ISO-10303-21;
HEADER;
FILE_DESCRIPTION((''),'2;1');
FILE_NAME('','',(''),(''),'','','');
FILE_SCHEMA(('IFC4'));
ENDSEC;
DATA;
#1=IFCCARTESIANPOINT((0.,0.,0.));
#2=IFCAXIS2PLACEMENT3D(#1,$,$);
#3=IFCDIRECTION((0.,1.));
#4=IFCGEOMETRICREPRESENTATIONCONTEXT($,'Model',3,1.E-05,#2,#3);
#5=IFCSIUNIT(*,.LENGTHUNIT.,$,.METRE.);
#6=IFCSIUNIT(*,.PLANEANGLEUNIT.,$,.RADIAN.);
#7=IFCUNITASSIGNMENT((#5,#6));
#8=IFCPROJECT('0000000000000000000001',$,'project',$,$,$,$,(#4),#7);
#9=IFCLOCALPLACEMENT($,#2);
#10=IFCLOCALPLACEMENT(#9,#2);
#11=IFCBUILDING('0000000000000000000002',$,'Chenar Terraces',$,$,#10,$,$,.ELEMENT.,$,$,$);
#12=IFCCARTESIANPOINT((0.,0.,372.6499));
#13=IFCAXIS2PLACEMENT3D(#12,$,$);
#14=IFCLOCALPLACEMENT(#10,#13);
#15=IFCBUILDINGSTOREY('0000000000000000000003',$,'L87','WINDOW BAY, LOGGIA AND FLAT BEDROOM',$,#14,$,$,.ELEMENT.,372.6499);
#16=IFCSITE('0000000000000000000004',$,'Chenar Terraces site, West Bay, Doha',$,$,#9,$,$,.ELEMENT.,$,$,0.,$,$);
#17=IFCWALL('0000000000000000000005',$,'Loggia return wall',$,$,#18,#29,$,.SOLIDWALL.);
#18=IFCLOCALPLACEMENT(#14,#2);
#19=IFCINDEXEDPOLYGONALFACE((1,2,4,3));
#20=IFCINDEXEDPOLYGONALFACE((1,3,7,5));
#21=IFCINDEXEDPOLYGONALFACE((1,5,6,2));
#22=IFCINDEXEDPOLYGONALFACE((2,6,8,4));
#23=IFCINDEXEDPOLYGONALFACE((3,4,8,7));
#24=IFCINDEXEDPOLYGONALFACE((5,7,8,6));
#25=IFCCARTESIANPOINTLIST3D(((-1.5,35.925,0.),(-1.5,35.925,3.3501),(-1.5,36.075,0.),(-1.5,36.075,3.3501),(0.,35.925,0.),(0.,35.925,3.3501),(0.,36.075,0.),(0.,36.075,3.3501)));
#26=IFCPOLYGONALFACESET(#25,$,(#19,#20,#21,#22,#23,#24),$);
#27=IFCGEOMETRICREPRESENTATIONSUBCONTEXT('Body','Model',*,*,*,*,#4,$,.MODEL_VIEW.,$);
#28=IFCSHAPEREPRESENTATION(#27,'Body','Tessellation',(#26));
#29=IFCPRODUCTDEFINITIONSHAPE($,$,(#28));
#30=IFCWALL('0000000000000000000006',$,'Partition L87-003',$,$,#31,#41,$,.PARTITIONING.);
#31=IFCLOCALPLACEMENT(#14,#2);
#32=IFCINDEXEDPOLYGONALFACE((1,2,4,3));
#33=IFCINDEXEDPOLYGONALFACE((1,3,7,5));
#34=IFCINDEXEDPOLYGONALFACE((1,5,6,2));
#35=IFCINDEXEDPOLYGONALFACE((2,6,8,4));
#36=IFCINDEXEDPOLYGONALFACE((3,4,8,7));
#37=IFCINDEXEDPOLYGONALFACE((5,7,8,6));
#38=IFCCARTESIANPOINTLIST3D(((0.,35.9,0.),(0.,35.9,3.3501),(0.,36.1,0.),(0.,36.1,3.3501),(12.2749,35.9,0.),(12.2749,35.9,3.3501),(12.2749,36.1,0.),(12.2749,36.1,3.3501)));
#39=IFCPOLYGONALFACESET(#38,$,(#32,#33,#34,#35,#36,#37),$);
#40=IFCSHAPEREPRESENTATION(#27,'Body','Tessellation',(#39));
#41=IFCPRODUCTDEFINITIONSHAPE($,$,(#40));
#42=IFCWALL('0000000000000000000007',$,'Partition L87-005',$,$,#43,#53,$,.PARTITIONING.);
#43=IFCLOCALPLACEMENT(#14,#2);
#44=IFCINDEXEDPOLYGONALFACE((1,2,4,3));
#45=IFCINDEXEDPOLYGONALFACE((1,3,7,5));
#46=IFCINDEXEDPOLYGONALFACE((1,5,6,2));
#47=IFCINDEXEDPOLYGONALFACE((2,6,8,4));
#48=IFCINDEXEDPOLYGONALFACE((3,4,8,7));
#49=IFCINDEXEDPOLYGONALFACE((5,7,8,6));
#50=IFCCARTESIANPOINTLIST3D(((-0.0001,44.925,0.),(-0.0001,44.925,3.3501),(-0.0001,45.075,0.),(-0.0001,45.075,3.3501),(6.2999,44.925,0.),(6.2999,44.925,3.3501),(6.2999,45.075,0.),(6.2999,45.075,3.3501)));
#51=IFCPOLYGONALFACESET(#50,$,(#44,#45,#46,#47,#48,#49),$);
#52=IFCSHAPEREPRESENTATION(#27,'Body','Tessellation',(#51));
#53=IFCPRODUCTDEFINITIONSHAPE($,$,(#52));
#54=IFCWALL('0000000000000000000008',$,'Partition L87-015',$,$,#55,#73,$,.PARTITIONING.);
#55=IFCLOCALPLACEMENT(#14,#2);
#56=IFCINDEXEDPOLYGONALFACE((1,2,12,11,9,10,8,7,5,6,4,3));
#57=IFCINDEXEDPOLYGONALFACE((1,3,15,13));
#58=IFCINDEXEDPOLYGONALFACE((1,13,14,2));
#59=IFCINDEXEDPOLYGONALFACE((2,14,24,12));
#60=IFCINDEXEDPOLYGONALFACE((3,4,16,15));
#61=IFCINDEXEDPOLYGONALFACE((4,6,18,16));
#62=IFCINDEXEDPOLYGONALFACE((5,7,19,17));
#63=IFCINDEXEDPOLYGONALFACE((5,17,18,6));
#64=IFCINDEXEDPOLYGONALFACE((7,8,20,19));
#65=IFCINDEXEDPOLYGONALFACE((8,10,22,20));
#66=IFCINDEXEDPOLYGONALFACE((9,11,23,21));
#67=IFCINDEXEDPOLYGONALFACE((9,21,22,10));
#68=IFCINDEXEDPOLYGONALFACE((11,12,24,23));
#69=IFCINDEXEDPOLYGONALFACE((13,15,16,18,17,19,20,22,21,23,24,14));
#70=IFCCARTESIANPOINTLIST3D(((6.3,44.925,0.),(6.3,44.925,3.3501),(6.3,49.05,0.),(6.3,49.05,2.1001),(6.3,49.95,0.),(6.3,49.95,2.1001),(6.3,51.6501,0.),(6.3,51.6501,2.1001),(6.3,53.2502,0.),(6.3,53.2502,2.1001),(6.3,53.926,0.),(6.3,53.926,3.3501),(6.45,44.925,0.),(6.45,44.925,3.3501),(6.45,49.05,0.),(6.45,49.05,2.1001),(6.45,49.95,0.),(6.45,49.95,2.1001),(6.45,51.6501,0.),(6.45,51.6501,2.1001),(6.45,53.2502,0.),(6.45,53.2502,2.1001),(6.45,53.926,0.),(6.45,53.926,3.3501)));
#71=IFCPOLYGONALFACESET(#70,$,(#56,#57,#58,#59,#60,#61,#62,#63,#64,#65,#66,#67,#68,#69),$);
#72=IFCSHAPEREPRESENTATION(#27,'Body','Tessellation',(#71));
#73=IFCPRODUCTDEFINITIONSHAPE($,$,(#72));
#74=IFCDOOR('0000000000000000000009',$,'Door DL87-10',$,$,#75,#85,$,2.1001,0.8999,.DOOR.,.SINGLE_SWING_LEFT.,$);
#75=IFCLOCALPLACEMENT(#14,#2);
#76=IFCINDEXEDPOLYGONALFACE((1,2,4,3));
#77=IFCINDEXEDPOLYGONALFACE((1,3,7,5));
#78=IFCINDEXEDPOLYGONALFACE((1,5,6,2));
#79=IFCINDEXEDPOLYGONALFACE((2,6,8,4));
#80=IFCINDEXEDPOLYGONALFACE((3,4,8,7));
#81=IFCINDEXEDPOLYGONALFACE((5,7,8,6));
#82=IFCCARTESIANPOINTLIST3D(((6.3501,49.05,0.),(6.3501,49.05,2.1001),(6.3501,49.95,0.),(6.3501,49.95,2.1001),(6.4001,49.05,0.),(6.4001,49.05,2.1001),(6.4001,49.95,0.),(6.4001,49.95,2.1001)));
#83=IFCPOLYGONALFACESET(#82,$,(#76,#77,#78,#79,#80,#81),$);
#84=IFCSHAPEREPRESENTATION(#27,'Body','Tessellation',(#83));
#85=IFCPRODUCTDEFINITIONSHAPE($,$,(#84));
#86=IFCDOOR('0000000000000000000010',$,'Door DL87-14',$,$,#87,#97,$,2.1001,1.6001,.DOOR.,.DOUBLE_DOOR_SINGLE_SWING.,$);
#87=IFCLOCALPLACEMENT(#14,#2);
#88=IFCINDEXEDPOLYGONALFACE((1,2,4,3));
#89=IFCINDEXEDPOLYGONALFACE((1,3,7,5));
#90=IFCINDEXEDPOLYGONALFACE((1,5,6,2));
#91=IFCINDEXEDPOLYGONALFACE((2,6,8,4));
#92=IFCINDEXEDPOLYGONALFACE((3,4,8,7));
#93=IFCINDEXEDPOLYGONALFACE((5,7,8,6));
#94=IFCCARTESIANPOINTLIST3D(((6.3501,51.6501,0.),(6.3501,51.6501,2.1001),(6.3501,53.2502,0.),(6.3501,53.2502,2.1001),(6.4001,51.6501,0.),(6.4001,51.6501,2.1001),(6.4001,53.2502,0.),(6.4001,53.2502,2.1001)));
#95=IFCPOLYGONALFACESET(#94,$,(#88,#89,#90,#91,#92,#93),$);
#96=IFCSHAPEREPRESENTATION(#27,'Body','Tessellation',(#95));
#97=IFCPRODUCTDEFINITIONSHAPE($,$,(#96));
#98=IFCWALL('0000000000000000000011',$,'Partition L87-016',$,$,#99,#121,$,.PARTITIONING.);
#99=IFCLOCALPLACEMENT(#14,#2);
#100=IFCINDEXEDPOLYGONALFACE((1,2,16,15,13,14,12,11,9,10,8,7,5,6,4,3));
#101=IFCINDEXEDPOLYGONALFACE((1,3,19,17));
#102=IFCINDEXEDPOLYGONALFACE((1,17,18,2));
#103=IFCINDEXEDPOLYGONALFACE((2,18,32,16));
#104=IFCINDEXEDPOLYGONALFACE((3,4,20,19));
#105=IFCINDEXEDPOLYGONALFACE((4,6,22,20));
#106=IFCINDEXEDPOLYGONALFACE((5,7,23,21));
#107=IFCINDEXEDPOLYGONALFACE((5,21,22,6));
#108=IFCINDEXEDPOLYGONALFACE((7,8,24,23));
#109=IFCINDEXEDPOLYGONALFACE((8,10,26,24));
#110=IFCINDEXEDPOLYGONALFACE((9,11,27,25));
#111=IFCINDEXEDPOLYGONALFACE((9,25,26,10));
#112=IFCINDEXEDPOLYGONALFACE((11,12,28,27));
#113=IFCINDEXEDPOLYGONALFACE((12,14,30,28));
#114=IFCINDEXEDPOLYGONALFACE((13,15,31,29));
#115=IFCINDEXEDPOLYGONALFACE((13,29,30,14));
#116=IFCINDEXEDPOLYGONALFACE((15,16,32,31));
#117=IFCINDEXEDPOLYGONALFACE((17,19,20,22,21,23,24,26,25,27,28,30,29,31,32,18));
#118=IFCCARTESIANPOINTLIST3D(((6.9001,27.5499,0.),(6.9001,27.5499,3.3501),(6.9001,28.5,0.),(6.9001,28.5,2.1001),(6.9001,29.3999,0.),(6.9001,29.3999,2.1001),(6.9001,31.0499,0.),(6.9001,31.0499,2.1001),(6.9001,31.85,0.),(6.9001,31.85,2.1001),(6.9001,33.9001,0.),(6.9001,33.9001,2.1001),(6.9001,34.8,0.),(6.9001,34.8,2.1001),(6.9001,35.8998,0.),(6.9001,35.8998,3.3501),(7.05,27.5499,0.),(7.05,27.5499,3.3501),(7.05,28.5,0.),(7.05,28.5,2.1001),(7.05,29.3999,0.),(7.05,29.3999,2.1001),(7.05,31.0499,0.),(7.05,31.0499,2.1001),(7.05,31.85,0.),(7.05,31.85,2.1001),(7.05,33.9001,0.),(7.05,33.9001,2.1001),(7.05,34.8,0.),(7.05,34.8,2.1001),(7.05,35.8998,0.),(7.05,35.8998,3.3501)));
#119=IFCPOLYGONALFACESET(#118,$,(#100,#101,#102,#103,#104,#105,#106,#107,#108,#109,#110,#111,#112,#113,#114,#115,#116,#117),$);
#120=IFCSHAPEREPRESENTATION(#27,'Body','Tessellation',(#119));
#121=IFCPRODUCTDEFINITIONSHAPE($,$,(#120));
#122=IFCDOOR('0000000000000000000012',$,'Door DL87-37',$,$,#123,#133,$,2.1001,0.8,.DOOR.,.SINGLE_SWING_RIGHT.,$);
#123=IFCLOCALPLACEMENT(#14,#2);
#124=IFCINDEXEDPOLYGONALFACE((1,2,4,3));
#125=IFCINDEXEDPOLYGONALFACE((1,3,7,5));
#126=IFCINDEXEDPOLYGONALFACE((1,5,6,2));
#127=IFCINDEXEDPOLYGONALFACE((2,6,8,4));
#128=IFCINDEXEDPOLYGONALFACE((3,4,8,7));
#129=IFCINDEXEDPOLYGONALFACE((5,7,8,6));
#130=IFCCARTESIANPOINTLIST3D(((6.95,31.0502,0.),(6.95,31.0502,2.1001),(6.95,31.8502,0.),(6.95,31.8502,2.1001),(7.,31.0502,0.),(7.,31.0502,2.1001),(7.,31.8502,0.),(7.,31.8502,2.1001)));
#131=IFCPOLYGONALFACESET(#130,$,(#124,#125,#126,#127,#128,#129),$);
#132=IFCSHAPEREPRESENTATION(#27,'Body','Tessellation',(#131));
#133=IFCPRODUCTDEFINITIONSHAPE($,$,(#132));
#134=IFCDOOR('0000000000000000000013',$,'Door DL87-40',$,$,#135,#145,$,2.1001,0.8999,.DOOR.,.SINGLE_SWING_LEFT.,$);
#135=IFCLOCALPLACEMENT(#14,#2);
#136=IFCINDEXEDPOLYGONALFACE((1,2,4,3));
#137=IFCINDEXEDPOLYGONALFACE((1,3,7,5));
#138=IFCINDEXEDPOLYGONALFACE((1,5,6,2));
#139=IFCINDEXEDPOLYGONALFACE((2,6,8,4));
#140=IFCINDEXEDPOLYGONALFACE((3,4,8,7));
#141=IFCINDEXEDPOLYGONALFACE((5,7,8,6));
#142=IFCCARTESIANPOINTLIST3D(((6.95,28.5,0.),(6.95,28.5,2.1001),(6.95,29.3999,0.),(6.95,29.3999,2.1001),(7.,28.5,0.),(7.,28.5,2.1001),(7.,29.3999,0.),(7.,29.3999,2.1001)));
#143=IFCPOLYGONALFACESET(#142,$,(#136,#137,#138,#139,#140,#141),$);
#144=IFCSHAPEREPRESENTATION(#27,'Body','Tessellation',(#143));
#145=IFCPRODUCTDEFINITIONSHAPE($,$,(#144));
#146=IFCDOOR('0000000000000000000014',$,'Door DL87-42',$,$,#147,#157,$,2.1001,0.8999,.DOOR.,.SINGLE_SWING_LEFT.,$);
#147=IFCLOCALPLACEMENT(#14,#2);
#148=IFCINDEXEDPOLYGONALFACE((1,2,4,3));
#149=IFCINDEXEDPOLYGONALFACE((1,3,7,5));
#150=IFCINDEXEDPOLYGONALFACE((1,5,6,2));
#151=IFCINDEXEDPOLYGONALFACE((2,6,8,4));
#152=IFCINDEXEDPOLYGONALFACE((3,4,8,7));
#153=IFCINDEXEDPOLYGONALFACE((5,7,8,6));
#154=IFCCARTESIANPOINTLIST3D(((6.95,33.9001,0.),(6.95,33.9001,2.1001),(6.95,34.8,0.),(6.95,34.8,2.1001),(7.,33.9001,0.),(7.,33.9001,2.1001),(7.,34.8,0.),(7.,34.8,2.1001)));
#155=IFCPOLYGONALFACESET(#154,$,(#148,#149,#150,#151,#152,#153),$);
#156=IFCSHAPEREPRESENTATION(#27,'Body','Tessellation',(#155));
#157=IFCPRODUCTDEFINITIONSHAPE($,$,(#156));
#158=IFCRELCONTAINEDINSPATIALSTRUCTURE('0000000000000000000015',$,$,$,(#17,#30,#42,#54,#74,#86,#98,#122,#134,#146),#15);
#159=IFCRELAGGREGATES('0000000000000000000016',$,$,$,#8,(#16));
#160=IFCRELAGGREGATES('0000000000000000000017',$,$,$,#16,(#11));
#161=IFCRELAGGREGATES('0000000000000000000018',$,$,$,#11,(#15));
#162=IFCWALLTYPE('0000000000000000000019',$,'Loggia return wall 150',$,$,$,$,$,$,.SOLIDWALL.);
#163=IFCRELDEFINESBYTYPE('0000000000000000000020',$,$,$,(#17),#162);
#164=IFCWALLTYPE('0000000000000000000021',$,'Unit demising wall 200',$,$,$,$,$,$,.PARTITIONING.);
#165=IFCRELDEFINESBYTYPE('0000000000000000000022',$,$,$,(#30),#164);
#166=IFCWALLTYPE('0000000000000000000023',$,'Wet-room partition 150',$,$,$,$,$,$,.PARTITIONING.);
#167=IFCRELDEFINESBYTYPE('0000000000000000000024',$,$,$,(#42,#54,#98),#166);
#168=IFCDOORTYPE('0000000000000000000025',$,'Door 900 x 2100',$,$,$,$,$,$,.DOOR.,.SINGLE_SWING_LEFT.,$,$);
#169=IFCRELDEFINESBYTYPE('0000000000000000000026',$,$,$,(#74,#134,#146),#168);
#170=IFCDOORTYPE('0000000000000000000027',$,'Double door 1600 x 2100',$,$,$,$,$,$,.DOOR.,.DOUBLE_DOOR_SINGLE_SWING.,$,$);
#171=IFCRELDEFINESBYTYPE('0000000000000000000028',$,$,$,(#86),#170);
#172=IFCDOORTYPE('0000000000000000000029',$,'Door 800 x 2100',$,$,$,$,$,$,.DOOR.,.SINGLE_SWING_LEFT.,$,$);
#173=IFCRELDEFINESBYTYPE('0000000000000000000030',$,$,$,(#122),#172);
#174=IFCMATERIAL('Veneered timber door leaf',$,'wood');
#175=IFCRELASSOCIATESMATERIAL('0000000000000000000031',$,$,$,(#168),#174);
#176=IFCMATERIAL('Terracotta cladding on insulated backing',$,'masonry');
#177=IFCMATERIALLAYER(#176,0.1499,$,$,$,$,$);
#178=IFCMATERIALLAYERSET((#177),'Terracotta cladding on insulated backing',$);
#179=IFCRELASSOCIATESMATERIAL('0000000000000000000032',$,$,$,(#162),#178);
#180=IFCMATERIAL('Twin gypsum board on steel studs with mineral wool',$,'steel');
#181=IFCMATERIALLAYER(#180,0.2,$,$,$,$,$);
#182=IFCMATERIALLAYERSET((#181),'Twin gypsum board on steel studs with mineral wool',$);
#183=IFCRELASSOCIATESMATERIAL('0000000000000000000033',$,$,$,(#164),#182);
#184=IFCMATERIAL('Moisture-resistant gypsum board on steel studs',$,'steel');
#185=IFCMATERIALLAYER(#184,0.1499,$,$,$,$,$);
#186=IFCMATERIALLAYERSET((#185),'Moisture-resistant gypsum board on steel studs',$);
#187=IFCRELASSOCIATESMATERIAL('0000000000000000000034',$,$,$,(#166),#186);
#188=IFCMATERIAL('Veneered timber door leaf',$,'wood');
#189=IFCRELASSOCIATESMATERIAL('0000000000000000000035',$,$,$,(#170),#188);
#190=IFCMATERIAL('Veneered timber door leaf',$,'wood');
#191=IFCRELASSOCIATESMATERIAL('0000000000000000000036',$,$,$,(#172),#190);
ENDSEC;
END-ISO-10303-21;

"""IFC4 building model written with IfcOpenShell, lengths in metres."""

from ifc_helpers import new_model, si_unit, direction, frame, frame_2d, origin, place, context, subcontext, project, spatial, rectangle, extrude, material, layer, layer_set, type_object, element, fill, save


model = new_model("IFC4")

# Units and contexts
model_context = context("Model", 3, precision=1e-05, world=origin(), true_north=direction((0.0, 1.0)))
body_context = subcontext(model_context, "Body", "Model", "MODEL_VIEW")
ifc_project = project(units=[si_unit("LENGTHUNIT", "METRE"), si_unit("PLANEANGLEUNIT", "RADIAN")], contexts=[model_context])

# Site, building, storey
site_placement = place(None, origin())
site = spatial("IfcSite", under=ifc_project, at=site_placement, Name="Chenar Terraces site, West Bay, Doha", CompositionType="ELEMENT", RefElevation=0.0)
building_placement = place(site_placement, origin())
building = spatial("IfcBuilding", under=site, at=building_placement, Name="Chenar Terraces", CompositionType="ELEMENT")
storey_placement = place(building_placement, frame((0.0, 0.0, 372.6499)))
storey = spatial("IfcBuildingStorey", under=building, at=storey_placement, Name="L87", Description="WINDOW BAY, LOGGIA AND FLAT BEDROOM", CompositionType="ELEMENT", Elevation=372.6499)

# Shared definitions
placement_1 = place(storey_placement, frame((0.0, 36.0, 0.0), z_axis=(0.0, 0.0, 1.0), x_axis=(1.0, 0.0, 0.0)))
placement_2 = place(storey_placement, frame((0.0, 45.0, 0.0), z_axis=(0.0, 0.0, 1.0), x_axis=(1.0, 0.0, 0.0)))

# Shared definitions
ifc_material_1 = material(Name="Veneered timber door leaf", Category="wood")
door_type_1 = type_object("IfcDoorType", Name="Door 900 x 2100", OperationType="SINGLE_SWING_LEFT", PredefinedType="DOOR", material=ifc_material_1)

# Walls
ifc_material_2 = material(Name="Terracotta cladding on insulated backing", Category="masonry")
ifc_layer_1 = layer(ifc_material_2, 0.1499)
ifc_layer_set_1 = layer_set([ifc_layer_1], Name="Terracotta cladding on insulated backing")
wall_type_1 = type_object("IfcWallType", Name="Loggia return wall 150", PredefinedType="SOLIDWALL", material=ifc_layer_set_1)
wall_1_placement = place(storey_placement, frame((-1.5, 36.0, 0.0), z_axis=(0.0, 0.0, 1.0), x_axis=(1.0, 0.0, 0.0)))
element("IfcWall", 1, at=wall_1_placement, inside=storey, type_object=wall_type_1, Name="Loggia return wall", PredefinedType="SOLIDWALL", context=body_context, shape_type="SweptSolid", body=[
    extrude(rectangle(XDim=1.5, YDim=0.1499, at=frame_2d((0.75, 0.0))), origin(), (0.0, 0.0, 1.0), 3.3501),
])
ifc_material_3 = material(Name="Twin gypsum board on steel studs with mineral wool", Category="steel")
ifc_layer_2 = layer(ifc_material_3, 0.2)
ifc_layer_set_2 = layer_set([ifc_layer_2], Name="Twin gypsum board on steel studs with mineral wool")
wall_type_2 = type_object("IfcWallType", Name="Unit demising wall 200", PredefinedType="PARTITIONING", material=ifc_layer_set_2)
element("IfcWall", 2, at=placement_1, inside=storey, type_object=wall_type_2, Name="Partition L87-003", PredefinedType="PARTITIONING", context=body_context, shape_type="SweptSolid", body=[
    extrude(rectangle(XDim=12.2749, YDim=0.2, at=frame_2d((6.1375, 0.0))), origin(), (0.0, 0.0, 1.0), 3.3501),
])
ifc_material_4 = material(Name="Moisture-resistant gypsum board on steel studs", Category="steel")
ifc_layer_3 = layer(ifc_material_4, 0.1499)
ifc_layer_set_3 = layer_set([ifc_layer_3], Name="Moisture-resistant gypsum board on steel studs")
wall_type_3 = type_object("IfcWallType", Name="Wet-room partition 150", PredefinedType="PARTITIONING", material=ifc_layer_set_3)
element("IfcWall", 3, at=placement_2, inside=storey, type_object=wall_type_3, Name="Partition L87-005", PredefinedType="PARTITIONING", context=body_context, shape_type="SweptSolid", body=[
    extrude(rectangle(XDim=6.3, YDim=0.1499, at=frame_2d((3.1499, 0.0))), origin(), (0.0, 0.0, 1.0), 3.3501),
])

# Walls, openings, doors
wall_2_placement = place(storey_placement, frame((6.375, 44.925, 0.0), z_axis=(0.0, 0.0, 1.0), x_axis=(0.0, 1.0, 0.0)))
wall_2 = element("IfcWall", 4, at=wall_2_placement, inside=storey, type_object=wall_type_3, Name="Partition L87-015", PredefinedType="PARTITIONING", context=body_context, shape_type="SweptSolid", body=[
    extrude(rectangle(XDim=9.001, YDim=0.1499, at=frame_2d((4.5005, 0.0))), origin(), (0.0, 0.0, 1.0), 3.3501),
])
opening_1_placement = place(wall_2_placement, frame((4.125, 0.0, 0.0)))
opening_1 = element("IfcOpeningElement", 5, at=opening_1_placement, cuts=wall_2, PredefinedType="OPENING", context=body_context, shape_type="SweptSolid", body=[
    extrude(rectangle(XDim=0.8999, YDim=2.1001, at=frame_2d((0.45, 1.05))), frame((0.0, 0.085, 0.0), z_axis=(0.0, -1.0, 0.0), x_axis=(1.0, 0.0, 0.0)), (0.0, 0.0, 1.0), 0.1699),
])
opening_2_placement = place(wall_2_placement, frame((6.7251, 0.0, 0.0)))
opening_2 = element("IfcOpeningElement", 6, at=opening_2_placement, cuts=wall_2, PredefinedType="OPENING", context=body_context, shape_type="SweptSolid", body=[
    extrude(rectangle(XDim=1.6001, YDim=2.1001, at=frame_2d((0.8, 1.05))), frame((0.0, 0.085, 0.0), z_axis=(0.0, -1.0, 0.0), x_axis=(1.0, 0.0, 0.0)), (0.0, 0.0, 1.0), 0.1699),
])
door_1_placement = place(opening_1_placement, origin())
door_1 = element("IfcDoor", 7, at=door_1_placement, inside=storey, type_object=door_type_1, Name="Door DL87-10", OperationType="SINGLE_SWING_LEFT", OverallHeight=2.1001, OverallWidth=0.8999, PredefinedType="DOOR", context=body_context, shape_type="SweptSolid", body=[
    extrude(rectangle(XDim=0.8999, YDim=2.1001, at=frame_2d((0.45, 1.05))), frame((0.0, 0.0249, 0.0), z_axis=(0.0, -1.0, 0.0), x_axis=(1.0, 0.0, 0.0)), (0.0, 0.0, 1.0), 0.05),
])
fill(opening_1, door_1)
ifc_material_5 = material(Name="Veneered timber door leaf", Category="wood")
door_type_2 = type_object("IfcDoorType", Name="Double door 1600 x 2100", OperationType="DOUBLE_DOOR_SINGLE_SWING", PredefinedType="DOOR", material=ifc_material_5)
door_2_placement = place(opening_2_placement, origin())
door_2 = element("IfcDoor", 8, at=door_2_placement, inside=storey, type_object=door_type_2, Name="Door DL87-14", OperationType="DOUBLE_DOOR_SINGLE_SWING", OverallHeight=2.1001, OverallWidth=1.6001, PredefinedType="DOOR", context=body_context, shape_type="SweptSolid", body=[
    extrude(rectangle(XDim=1.6001, YDim=2.1001, at=frame_2d((0.8, 1.05))), frame((0.0, 0.0249, 0.0), z_axis=(0.0, -1.0, 0.0), x_axis=(1.0, 0.0, 0.0)), (0.0, 0.0, 1.0), 0.05),
])
fill(opening_2, door_2)
wall_3_placement = place(storey_placement, frame((6.9751, 27.55, 0.0), z_axis=(0.0, 0.0, 1.0), x_axis=(0.0, 1.0, 0.0)))
wall_3 = element("IfcWall", 9, at=wall_3_placement, inside=storey, type_object=wall_type_3, Name="Partition L87-016", PredefinedType="PARTITIONING", context=body_context, shape_type="SweptSolid", body=[
    extrude(rectangle(XDim=8.3499, YDim=0.1499, at=frame_2d((4.1748, 0.0))), origin(), (0.0, 0.0, 1.0), 3.3501),
])
opening_3_placement = place(wall_3_placement, frame((3.5, 0.0, 0.0)))
opening_3 = element("IfcOpeningElement", 10, at=opening_3_placement, cuts=wall_3, PredefinedType="OPENING", context=body_context, shape_type="SweptSolid", body=[
    extrude(rectangle(XDim=0.8, YDim=2.1001, at=frame_2d((0.3999, 1.05))), frame((0.0, 0.085, 0.0), z_axis=(0.0, -1.0, 0.0), x_axis=(1.0, 0.0, 0.0)), (0.0, 0.0, 1.0), 0.1699),
])
opening_4_placement = place(wall_3_placement, frame((0.95, 0.0, 0.0)))
opening_4 = element("IfcOpeningElement", 11, at=opening_4_placement, cuts=wall_3, PredefinedType="OPENING", context=body_context, shape_type="SweptSolid", body=[
    extrude(rectangle(XDim=0.8999, YDim=2.1001, at=frame_2d((0.45, 1.05))), frame((0.0, 0.085, 0.0), z_axis=(0.0, -1.0, 0.0), x_axis=(1.0, 0.0, 0.0)), (0.0, 0.0, 1.0), 0.1699),
])
opening_5_placement = place(wall_3_placement, frame((6.3501, 0.0, 0.0)))
opening_5 = element("IfcOpeningElement", 12, at=opening_5_placement, cuts=wall_3, PredefinedType="OPENING", context=body_context, shape_type="SweptSolid", body=[
    extrude(rectangle(XDim=0.8999, YDim=2.1001, at=frame_2d((0.45, 1.05))), frame((0.0, 0.085, 0.0), z_axis=(0.0, -1.0, 0.0), x_axis=(1.0, 0.0, 0.0)), (0.0, 0.0, 1.0), 0.1699),
])
ifc_material_6 = material(Name="Veneered timber door leaf", Category="wood")
door_type_3 = type_object("IfcDoorType", Name="Door 800 x 2100", OperationType="SINGLE_SWING_LEFT", PredefinedType="DOOR", material=ifc_material_6)
door_3_placement = place(opening_3_placement, frame((0.8, 0.0, 0.0), z_axis=(0.0, 0.0, 1.0), x_axis=(-1.0, 0.0, 0.0)))
door_3 = element("IfcDoor", 13, at=door_3_placement, inside=storey, type_object=door_type_3, Name="Door DL87-37", OperationType="SINGLE_SWING_RIGHT", OverallHeight=2.1001, OverallWidth=0.8, PredefinedType="DOOR", context=body_context, shape_type="SweptSolid", body=[
    extrude(rectangle(XDim=0.8, YDim=2.1001, at=frame_2d((0.3999, 1.05))), frame((0.0, 0.0249, 0.0), z_axis=(0.0, -1.0, 0.0), x_axis=(1.0, 0.0, 0.0)), (0.0, 0.0, 1.0), 0.05),
])
fill(opening_3, door_3)
door_4_placement = place(opening_4_placement, frame((0.8999, 0.0, 0.0), z_axis=(0.0, 0.0, 1.0), x_axis=(-1.0, 0.0, 0.0)))
door_4 = element("IfcDoor", 14, at=door_4_placement, inside=storey, type_object=door_type_1, Name="Door DL87-40", OperationType="SINGLE_SWING_LEFT", OverallHeight=2.1001, OverallWidth=0.8999, PredefinedType="DOOR", context=body_context, shape_type="SweptSolid", body=[
    extrude(rectangle(XDim=0.8999, YDim=2.1001, at=frame_2d((0.45, 1.05))), frame((0.0, 0.0249, 0.0), z_axis=(0.0, -1.0, 0.0), x_axis=(1.0, 0.0, 0.0)), (0.0, 0.0, 1.0), 0.05),
])
fill(opening_4, door_4)
door_5_placement = place(opening_5_placement, frame((0.8999, 0.0, 0.0), z_axis=(0.0, 0.0, 1.0), x_axis=(-1.0, 0.0, 0.0)))
door_5 = element("IfcDoor", 15, at=door_5_placement, inside=storey, type_object=door_type_1, Name="Door DL87-42", OperationType="SINGLE_SWING_LEFT", OverallHeight=2.1001, OverallWidth=0.8999, PredefinedType="DOOR", context=body_context, shape_type="SweptSolid", body=[
    extrude(rectangle(XDim=0.8999, YDim=2.1001, at=frame_2d((0.45, 1.05))), frame((0.0, 0.0249, 0.0), z_axis=(0.0, -1.0, 0.0), x_axis=(1.0, 0.0, 0.0)), (0.0, 0.0, 1.0), 0.05),
])
fill(opening_5, door_5)

save(model, "model.ifc")
